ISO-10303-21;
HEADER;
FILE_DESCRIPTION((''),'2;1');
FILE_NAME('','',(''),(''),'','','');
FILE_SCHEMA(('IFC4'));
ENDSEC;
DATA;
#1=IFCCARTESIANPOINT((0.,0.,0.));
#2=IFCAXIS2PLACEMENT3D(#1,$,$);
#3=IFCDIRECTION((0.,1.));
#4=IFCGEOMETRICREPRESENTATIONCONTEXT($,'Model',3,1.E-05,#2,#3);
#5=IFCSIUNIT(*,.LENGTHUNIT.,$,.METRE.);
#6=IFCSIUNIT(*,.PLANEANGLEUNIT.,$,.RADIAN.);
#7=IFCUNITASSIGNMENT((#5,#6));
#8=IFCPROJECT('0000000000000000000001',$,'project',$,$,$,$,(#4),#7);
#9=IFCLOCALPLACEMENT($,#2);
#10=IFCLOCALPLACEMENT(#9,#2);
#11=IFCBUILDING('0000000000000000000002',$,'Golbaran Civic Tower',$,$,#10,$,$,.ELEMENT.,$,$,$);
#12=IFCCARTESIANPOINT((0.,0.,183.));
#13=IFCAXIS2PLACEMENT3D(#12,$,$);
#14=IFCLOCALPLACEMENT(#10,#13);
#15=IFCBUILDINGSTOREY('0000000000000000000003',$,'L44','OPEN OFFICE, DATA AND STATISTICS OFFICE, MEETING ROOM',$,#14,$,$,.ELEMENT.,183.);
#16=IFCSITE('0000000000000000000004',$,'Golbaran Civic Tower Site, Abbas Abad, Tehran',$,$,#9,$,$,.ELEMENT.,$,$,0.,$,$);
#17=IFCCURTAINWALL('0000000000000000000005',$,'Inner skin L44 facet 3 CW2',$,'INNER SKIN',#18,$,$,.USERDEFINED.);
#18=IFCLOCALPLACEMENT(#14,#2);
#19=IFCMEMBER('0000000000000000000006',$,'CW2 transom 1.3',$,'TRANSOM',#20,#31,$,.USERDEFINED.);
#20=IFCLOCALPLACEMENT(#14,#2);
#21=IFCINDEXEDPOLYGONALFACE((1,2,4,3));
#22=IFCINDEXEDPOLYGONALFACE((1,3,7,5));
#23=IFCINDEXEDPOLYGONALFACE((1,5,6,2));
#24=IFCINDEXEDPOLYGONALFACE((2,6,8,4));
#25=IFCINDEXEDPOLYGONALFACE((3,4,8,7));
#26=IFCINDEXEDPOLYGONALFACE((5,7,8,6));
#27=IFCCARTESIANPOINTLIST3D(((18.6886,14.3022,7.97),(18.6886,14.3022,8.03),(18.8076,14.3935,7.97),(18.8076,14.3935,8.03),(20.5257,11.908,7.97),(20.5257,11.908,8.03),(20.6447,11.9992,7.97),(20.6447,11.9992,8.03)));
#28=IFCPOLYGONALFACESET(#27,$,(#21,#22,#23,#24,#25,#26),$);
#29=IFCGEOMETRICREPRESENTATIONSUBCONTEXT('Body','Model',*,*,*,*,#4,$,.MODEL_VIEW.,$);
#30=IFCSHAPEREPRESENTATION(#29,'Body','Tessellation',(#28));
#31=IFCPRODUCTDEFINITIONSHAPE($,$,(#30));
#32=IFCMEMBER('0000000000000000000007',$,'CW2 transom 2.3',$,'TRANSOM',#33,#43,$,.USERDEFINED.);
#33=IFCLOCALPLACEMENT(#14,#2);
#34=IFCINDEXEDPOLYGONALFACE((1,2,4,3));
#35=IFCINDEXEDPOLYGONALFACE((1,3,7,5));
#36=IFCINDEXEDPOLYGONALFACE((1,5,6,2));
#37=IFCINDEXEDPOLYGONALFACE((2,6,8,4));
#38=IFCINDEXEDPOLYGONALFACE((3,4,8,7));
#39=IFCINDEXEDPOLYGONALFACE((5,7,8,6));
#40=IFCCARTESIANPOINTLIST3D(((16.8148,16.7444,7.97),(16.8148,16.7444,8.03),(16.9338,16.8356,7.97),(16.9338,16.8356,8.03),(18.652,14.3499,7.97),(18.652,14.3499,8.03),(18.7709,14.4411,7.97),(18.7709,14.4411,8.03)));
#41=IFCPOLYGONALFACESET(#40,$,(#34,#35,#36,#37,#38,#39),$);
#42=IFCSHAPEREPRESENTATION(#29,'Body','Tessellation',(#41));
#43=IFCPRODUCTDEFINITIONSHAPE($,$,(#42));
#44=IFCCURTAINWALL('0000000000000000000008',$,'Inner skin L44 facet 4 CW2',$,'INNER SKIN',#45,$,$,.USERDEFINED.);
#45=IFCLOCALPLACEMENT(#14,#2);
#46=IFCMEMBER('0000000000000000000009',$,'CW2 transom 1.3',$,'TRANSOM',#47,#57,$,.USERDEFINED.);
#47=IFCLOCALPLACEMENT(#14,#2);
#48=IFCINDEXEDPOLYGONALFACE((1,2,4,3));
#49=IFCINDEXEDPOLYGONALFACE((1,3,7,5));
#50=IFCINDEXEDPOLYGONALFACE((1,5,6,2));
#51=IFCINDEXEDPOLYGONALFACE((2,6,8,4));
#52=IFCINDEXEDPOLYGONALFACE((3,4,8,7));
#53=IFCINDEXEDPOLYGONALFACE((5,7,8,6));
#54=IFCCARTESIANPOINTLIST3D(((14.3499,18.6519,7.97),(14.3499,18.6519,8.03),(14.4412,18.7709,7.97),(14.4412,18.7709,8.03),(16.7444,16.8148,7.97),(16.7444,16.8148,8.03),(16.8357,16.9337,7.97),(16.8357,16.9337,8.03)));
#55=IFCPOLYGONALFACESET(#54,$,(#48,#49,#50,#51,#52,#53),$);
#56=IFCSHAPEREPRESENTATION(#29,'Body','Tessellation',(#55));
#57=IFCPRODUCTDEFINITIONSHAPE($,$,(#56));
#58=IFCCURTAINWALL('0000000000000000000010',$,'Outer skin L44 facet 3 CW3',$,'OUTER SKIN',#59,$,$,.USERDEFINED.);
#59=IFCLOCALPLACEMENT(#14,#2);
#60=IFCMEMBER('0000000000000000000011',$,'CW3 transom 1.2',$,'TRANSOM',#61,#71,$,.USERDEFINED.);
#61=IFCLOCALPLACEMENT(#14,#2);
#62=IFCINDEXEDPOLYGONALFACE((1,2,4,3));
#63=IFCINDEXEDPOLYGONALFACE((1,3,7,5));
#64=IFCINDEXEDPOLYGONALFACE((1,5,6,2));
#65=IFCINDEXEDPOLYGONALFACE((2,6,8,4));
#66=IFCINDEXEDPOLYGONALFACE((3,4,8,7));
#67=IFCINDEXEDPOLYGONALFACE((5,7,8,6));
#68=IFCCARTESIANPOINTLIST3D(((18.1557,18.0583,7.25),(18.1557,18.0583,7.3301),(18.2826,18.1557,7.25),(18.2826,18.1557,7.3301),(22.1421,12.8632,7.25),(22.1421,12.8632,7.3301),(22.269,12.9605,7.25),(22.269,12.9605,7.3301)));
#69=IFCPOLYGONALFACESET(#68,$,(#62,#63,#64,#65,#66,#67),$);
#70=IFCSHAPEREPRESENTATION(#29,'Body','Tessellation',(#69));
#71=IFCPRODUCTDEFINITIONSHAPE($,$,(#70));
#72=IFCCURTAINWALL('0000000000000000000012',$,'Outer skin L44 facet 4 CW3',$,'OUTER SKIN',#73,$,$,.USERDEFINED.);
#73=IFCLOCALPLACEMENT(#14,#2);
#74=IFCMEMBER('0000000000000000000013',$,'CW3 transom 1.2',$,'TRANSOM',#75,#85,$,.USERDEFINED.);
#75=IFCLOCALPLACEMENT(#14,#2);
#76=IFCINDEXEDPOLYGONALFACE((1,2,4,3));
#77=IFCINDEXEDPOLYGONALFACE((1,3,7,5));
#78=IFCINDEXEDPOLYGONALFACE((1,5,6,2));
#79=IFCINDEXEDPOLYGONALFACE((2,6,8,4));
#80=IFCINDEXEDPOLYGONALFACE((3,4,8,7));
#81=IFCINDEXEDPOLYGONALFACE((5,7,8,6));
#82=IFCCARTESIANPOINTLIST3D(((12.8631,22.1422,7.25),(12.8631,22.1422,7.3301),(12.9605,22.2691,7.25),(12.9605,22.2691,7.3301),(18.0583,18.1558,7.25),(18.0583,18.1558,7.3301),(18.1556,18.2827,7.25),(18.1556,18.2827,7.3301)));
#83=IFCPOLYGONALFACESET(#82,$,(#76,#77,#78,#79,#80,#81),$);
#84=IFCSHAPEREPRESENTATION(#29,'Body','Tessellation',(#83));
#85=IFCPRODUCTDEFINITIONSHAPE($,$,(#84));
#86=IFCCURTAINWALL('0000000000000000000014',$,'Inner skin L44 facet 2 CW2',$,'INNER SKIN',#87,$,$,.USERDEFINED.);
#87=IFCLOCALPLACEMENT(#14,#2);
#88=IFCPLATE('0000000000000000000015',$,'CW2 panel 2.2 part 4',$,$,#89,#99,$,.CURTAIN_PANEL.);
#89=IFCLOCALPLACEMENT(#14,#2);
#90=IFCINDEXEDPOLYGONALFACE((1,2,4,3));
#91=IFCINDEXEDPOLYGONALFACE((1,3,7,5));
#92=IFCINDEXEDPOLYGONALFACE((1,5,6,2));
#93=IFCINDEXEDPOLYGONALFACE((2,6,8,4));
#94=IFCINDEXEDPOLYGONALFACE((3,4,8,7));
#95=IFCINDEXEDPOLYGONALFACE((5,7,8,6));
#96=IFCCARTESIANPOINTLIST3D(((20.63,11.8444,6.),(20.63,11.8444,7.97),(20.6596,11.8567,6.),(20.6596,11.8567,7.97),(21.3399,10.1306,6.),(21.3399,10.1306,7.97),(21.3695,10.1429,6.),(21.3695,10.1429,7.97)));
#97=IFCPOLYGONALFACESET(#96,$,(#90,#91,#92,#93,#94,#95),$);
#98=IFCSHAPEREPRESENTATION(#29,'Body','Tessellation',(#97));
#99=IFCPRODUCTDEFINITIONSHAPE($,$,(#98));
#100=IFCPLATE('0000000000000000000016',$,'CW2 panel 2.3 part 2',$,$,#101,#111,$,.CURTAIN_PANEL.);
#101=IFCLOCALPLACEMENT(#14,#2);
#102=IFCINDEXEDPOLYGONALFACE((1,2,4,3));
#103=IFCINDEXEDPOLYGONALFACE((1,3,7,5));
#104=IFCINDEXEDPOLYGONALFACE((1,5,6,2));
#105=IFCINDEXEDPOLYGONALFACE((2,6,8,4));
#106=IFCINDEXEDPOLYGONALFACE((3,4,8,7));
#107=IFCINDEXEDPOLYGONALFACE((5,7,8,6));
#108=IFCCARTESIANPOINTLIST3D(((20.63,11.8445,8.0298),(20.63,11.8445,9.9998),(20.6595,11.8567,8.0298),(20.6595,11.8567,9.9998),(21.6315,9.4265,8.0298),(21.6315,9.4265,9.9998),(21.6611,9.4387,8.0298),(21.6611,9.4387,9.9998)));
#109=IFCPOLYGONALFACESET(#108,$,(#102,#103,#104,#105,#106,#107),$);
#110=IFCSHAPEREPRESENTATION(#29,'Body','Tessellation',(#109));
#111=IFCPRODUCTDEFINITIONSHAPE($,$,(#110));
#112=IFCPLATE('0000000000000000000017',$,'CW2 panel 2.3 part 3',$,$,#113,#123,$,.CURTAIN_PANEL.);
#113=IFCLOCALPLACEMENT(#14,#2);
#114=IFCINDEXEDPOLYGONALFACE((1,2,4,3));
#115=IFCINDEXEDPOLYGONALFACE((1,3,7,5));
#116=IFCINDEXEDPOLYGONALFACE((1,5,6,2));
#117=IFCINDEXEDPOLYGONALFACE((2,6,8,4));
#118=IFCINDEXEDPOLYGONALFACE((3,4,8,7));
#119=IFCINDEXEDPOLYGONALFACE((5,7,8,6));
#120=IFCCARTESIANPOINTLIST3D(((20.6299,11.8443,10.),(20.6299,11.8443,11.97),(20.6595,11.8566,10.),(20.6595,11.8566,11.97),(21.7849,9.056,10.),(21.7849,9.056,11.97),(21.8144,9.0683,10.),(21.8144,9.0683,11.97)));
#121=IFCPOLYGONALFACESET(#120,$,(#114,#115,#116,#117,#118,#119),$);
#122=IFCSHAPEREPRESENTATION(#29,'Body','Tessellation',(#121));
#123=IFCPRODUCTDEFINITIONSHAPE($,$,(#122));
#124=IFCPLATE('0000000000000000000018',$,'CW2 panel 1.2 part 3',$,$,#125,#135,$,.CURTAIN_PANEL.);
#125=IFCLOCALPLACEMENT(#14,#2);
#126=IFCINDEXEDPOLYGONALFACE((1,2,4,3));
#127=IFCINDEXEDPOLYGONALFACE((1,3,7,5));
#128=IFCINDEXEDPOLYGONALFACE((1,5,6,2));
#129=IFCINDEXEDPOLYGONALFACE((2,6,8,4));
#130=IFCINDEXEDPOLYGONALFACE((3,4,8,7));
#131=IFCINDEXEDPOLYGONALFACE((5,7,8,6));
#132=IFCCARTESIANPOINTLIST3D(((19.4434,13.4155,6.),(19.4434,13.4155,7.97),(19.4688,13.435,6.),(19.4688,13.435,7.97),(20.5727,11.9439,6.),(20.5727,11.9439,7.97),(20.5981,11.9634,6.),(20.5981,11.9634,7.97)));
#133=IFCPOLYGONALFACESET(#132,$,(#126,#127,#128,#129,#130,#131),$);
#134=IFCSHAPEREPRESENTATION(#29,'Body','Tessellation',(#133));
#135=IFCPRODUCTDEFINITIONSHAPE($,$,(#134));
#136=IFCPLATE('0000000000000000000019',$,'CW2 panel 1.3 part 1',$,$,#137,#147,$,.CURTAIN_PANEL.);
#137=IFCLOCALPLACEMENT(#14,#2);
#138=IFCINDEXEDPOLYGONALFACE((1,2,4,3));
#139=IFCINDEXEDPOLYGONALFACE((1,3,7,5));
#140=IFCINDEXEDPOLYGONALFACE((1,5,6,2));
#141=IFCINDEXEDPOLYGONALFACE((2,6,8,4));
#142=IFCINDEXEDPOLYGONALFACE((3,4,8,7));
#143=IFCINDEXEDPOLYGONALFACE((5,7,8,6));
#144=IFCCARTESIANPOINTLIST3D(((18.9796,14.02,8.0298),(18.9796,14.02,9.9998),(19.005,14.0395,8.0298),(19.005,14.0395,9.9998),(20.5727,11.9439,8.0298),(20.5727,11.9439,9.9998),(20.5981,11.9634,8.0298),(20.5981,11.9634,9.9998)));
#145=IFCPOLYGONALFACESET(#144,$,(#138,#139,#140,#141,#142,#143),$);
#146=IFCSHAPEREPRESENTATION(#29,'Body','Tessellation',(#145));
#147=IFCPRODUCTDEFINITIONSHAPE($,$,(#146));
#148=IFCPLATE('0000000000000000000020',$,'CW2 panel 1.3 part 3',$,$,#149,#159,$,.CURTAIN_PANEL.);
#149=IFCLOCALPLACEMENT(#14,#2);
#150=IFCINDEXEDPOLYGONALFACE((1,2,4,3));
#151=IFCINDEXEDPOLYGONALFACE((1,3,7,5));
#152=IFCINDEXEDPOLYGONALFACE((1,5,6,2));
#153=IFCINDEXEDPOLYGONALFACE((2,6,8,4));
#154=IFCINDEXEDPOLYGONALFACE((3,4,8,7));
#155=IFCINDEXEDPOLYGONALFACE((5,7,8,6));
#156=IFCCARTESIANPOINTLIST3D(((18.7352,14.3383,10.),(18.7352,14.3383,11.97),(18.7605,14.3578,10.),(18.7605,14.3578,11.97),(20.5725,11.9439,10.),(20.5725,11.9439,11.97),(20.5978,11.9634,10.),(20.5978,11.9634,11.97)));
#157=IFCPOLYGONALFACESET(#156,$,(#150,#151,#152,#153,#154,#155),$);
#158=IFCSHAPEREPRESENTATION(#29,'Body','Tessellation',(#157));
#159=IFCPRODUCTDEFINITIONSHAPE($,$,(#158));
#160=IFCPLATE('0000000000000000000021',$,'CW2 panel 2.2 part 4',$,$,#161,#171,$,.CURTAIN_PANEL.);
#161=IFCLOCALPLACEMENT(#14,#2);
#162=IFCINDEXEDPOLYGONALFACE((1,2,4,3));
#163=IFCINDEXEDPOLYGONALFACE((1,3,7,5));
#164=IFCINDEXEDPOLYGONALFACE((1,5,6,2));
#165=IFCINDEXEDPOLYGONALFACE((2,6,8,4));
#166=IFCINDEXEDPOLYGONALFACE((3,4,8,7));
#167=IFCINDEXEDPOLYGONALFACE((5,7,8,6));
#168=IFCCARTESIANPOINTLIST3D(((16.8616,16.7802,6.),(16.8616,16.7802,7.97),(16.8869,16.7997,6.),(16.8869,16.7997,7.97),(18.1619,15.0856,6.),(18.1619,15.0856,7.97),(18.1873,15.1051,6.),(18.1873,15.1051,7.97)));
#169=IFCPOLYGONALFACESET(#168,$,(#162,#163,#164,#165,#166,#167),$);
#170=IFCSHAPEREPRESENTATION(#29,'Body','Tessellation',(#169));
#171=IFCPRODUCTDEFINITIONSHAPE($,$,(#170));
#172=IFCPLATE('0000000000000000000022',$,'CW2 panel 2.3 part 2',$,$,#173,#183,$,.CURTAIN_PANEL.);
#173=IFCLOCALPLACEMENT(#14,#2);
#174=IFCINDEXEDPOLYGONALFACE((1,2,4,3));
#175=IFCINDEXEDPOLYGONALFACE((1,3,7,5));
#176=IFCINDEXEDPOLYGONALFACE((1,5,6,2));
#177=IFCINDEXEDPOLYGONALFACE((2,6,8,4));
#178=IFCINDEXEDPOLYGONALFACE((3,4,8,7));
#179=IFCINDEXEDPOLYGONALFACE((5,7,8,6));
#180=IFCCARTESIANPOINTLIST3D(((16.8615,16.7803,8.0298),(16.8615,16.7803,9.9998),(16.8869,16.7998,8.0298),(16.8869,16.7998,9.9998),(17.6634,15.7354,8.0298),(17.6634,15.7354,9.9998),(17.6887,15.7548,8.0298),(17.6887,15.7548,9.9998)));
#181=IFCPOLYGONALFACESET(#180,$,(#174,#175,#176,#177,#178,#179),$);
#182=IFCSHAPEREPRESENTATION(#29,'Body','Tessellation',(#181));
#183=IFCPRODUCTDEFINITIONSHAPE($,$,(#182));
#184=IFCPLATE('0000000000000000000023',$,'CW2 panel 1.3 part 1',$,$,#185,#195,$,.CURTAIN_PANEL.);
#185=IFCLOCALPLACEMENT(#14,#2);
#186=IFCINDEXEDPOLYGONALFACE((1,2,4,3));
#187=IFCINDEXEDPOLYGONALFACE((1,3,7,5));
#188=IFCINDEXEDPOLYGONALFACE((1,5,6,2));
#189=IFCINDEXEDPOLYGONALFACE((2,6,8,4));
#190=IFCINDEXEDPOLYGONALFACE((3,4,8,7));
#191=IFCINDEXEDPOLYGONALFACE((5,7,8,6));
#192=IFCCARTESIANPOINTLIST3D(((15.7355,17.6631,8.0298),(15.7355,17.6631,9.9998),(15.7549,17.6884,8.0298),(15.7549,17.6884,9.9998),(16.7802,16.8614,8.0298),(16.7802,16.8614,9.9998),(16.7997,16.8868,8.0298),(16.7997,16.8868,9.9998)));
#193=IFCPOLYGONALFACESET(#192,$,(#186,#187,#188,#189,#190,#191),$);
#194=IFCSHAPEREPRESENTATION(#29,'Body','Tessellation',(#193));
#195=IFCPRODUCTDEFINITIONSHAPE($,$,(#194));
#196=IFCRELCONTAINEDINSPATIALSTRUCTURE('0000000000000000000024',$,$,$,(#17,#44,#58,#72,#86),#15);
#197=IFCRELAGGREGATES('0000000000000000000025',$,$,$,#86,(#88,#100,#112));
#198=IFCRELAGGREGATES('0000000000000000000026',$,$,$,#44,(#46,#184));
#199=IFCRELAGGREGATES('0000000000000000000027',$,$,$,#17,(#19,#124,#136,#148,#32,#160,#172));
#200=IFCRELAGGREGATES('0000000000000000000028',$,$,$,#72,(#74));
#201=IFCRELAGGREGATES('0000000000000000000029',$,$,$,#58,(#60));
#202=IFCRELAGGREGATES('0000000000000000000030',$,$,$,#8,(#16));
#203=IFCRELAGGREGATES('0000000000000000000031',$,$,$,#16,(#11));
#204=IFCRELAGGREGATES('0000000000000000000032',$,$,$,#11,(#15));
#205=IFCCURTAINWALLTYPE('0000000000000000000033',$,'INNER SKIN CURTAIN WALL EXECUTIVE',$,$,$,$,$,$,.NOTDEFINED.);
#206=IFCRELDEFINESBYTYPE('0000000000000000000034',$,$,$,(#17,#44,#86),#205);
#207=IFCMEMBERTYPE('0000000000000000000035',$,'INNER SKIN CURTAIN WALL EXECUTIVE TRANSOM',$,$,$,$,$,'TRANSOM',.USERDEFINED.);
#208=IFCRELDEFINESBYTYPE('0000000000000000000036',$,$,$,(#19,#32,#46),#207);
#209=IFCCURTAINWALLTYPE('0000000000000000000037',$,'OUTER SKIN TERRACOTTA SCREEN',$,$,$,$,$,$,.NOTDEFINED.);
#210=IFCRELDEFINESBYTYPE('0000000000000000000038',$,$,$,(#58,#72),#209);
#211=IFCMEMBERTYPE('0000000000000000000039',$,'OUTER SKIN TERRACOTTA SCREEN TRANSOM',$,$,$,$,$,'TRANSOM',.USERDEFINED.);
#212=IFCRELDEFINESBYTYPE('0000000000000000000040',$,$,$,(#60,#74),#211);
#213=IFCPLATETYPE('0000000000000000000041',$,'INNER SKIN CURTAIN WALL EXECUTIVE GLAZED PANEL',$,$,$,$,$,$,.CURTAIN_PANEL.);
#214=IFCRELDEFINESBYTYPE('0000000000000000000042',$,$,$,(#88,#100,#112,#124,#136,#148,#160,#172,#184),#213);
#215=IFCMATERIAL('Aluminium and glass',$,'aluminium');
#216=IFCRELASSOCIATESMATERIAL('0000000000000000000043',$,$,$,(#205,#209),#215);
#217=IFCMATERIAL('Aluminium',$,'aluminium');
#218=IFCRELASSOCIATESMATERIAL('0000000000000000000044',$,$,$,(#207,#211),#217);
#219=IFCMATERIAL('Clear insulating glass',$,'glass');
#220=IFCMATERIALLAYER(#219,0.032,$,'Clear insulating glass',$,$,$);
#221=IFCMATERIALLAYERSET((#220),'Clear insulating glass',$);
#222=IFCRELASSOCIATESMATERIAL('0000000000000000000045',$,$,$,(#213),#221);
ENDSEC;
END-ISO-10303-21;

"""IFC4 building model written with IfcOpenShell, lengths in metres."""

from ifc_helpers import new_model, si_unit, direction, frame, origin, origin_2d, place, context, subcontext, project, spatial, rectangle, extrude, material, layer, layer_set, material_profile, profile_set, type_object, element, aggregate, save


model = new_model("IFC4")

# Units and contexts
model_context = context("Model", 3, precision=1e-05, world=origin(), true_north=direction((0.0, 1.0)))
body_context = subcontext(model_context, "Body", "Model", "MODEL_VIEW")
ifc_project = project(units=[si_unit("LENGTHUNIT", "METRE"), si_unit("PLANEANGLEUNIT", "RADIAN")], contexts=[model_context])

# Site, building, storey
site_placement = place(None, origin())
site = spatial("IfcSite", under=ifc_project, at=site_placement, Name="Golbaran Civic Tower Site, Abbas Abad, Tehran", CompositionType="ELEMENT", RefElevation=0.0)
building_placement = place(site_placement, origin())
building = spatial("IfcBuilding", under=site, at=building_placement, Name="Golbaran Civic Tower", CompositionType="ELEMENT")
storey_placement = place(building_placement, frame((0.0, 0.0, 183.0)))
storey = spatial("IfcBuildingStorey", under=building, at=storey_placement, Name="L44", Description="OPEN OFFICE, DATA AND STATISTICS OFFICE, MEETING ROOM", CompositionType="ELEMENT", Elevation=183.0)

# Curtain wall, members
ifc_material_1 = material(Name="Aluminium and glass", Category="aluminium")
curtain_wall_type_1 = type_object("IfcCurtainWallType", Name="INNER SKIN CURTAIN WALL EXECUTIVE", PredefinedType="NOTDEFINED", material=ifc_material_1)
curtain_wall_1_placement = place(storey_placement, origin())
curtain_wall_1 = element("IfcCurtainWall", 1, at=curtain_wall_1_placement, inside=storey, type_object=curtain_wall_type_1, Name="Inner skin L44 facet 3 CW2", ObjectType="INNER SKIN", PredefinedType="USERDEFINED")
ifc_material_2 = material(Name="Aluminium", Category="aluminium")
ifc_material_profile_1 = material_profile(ifc_material_2, rectangle(XDim=0.1499, YDim=0.0601, at=origin_2d()), Name="INNER SKIN CURTAIN WALL EXECUTIVE TRANSOM")
ifc_profile_set_1 = profile_set([ifc_material_profile_1], Name="Aluminium")
member_type_1 = type_object("IfcMemberType", Name="INNER SKIN CURTAIN WALL EXECUTIVE TRANSOM", ElementType="TRANSOM", PredefinedType="USERDEFINED", material=ifc_profile_set_1)
member_1_placement = place(storey_placement, frame((20.5852, 11.9536, 8.0), z_axis=(-0.608752, 0.79336, 0.0), x_axis=(-0.79336, -0.608752, 0.0)))
member_1 = element("IfcMember", 2, at=member_1_placement, type_object=member_type_1, Name="CW2 transom 1.3", ObjectType="TRANSOM", PredefinedType="USERDEFINED", context=body_context, shape_type="SweptSolid", body=[
    extrude(rectangle(XDim=0.1499, YDim=0.0601, at=origin_2d()), origin(), (0.0, 0.0, 1.0), 3.0178),
])
member_2_placement = place(storey_placement, frame((18.7114, 14.3955, 8.0), z_axis=(-0.608713, 0.79339, 0.0), x_axis=(-0.79339, -0.608713, 0.0)))
member_2 = element("IfcMember", 3, at=member_2_placement, type_object=member_type_1, Name="CW2 transom 2.3", ObjectType="TRANSOM", PredefinedType="USERDEFINED", context=body_context, shape_type="SweptSolid", body=[
    extrude(rectangle(XDim=0.1499, YDim=0.0601, at=origin_2d()), origin(), (0.0, 0.0, 1.0), 3.0181),
])

# Curtain walls, members
curtain_wall_2_placement = place(storey_placement, origin())
curtain_wall_2 = element("IfcCurtainWall", 4, at=curtain_wall_2_placement, inside=storey, type_object=curtain_wall_type_1, Name="Inner skin L44 facet 4 CW2", ObjectType="INNER SKIN", PredefinedType="USERDEFINED")
member_3_placement = place(storey_placement, frame((16.79, 16.8743, 8.0), z_axis=(-0.79339, 0.608713, 0.0), x_axis=(-0.608713, -0.79339, 0.0)))
member_3 = element("IfcMember", 5, at=member_3_placement, type_object=member_type_1, Name="CW2 transom 1.3", ObjectType="TRANSOM", PredefinedType="USERDEFINED", context=body_context, shape_type="SweptSolid", body=[
    extrude(rectangle(XDim=0.1499, YDim=0.0601, at=origin_2d()), origin(), (0.0, 0.0, 1.0), 3.0181),
])
curtain_wall_type_2 = type_object("IfcCurtainWallType", Name="OUTER SKIN TERRACOTTA SCREEN", PredefinedType="NOTDEFINED", material=ifc_material_1)
curtain_wall_3_placement = place(storey_placement, origin())
curtain_wall_3 = element("IfcCurtainWall", 6, at=curtain_wall_3_placement, inside=storey, type_object=curtain_wall_type_2, Name="Outer skin L44 facet 3 CW3", ObjectType="OUTER SKIN", PredefinedType="USERDEFINED")
ifc_material_profile_2 = material_profile(ifc_material_2, rectangle(XDim=0.1599, YDim=0.0801, at=origin_2d()), Name="OUTER SKIN TERRACOTTA SCREEN TRANSOM")
ifc_profile_set_2 = profile_set([ifc_material_profile_2], Name="Aluminium")
member_type_2 = type_object("IfcMemberType", Name="OUTER SKIN TERRACOTTA SCREEN TRANSOM", ElementType="TRANSOM", PredefinedType="USERDEFINED", material=ifc_profile_set_2)
member_4_placement = place(storey_placement, frame((22.2056, 12.9119, 7.29), z_axis=(-0.608763, 0.793352, 0.0), x_axis=(-0.793352, -0.608763, 0.0)))
member_4 = element("IfcMember", 7, at=member_4_placement, type_object=member_type_2, Name="CW3 transom 1.2", ObjectType="TRANSOM", PredefinedType="USERDEFINED", context=body_context, shape_type="SweptSolid", body=[
    extrude(rectangle(XDim=0.1599, YDim=0.0801, at=origin_2d()), origin(), (0.0, 0.0, 1.0), 6.5483),
])
curtain_wall_4_placement = place(storey_placement, origin())
curtain_wall_4 = element("IfcCurtainWall", 8, at=curtain_wall_4_placement, inside=storey, type_object=curtain_wall_type_2, Name="Outer skin L44 facet 4 CW3", ObjectType="OUTER SKIN", PredefinedType="USERDEFINED")
member_5_placement = place(storey_placement, frame((18.1069, 18.2192, 7.29), z_axis=(-0.793352, 0.608763, 0.0), x_axis=(-0.608763, -0.793352, 0.0)))
member_5 = element("IfcMember", 9, at=member_5_placement, type_object=member_type_2, Name="CW3 transom 1.2", ObjectType="TRANSOM", PredefinedType="USERDEFINED", context=body_context, shape_type="SweptSolid", body=[
    extrude(rectangle(XDim=0.1599, YDim=0.0801, at=origin_2d()), origin(), (0.0, 0.0, 1.0), 6.5483),
])

# Curtain wall, plates
curtain_wall_5_placement = place(storey_placement, origin())
curtain_wall_5 = element("IfcCurtainWall", 10, at=curtain_wall_5_placement, inside=storey, type_object=curtain_wall_type_1, Name="Inner skin L44 facet 2 CW2", ObjectType="INNER SKIN", PredefinedType="USERDEFINED")
ifc_material_3 = material(Name="Clear insulating glass", Category="glass")
ifc_layer_1 = layer(ifc_material_3, 0.032, Name="Clear insulating glass")
ifc_layer_set_1 = layer_set([ifc_layer_1], Name="Clear insulating glass")
plate_type_1 = type_object("IfcPlateType", Name="INNER SKIN CURTAIN WALL EXECUTIVE GLAZED PANEL", PredefinedType="CURTAIN_PANEL", material=ifc_layer_set_1)
plate_1_placement = place(storey_placement, frame((20.9998, 10.9937, 6.0), z_axis=(0.0, 0.0, 1.0), x_axis=(-0.382683, 0.92388, 0.0)))
plate_1 = element("IfcPlate", 11, at=plate_1_placement, type_object=plate_type_1, Name="CW2 panel 2.2 part 4", PredefinedType="CURTAIN_PANEL", context=body_context, shape_type="SweptSolid", body=[
    extrude(rectangle(XDim=1.855, YDim=0.032, at=origin_2d()), origin(), (0.0, 0.0, 1.0), 1.97),
])
plate_2_placement = place(storey_placement, frame((21.1455, 10.6416, 8.0298), z_axis=(0.0, 0.0, 1.0), x_axis=(-0.382683, 0.92388, 0.0)))
plate_2 = element("IfcPlate", 12, at=plate_2_placement, type_object=plate_type_1, Name="CW2 panel 2.3 part 2", PredefinedType="CURTAIN_PANEL", context=body_context, shape_type="SweptSolid", body=[
    extrude(rectangle(XDim=2.6172, YDim=0.032, at=origin_2d()), origin(), (0.0, 0.0, 1.0), 1.97),
])
plate_3_placement = place(storey_placement, frame((21.2222, 10.4563, 10.0), z_axis=(0.0, 0.0, 1.0), x_axis=(-0.382683, 0.92388, 0.0)))
plate_3 = element("IfcPlate", 13, at=plate_3_placement, type_object=plate_type_1, Name="CW2 panel 2.3 part 3", PredefinedType="CURTAIN_PANEL", context=body_context, shape_type="SweptSolid", body=[
    extrude(rectangle(XDim=3.0181, YDim=0.032, at=origin_2d()), origin(), (0.0, 0.0, 1.0), 1.97),
])
aggregate(curtain_wall_5, [plate_1, plate_2, plate_3])

# Plates
plate_4_placement = place(storey_placement, frame((20.0208, 12.6895, 6.0), z_axis=(0.0, 0.0, 1.0), x_axis=(-0.608761, 0.793353, 0.0)))
plate_4 = element("IfcPlate", 14, at=plate_4_placement, type_object=plate_type_1, Name="CW2 panel 1.2 part 3", PredefinedType="CURTAIN_PANEL", context=body_context, shape_type="SweptSolid", body=[
    extrude(rectangle(XDim=1.855, YDim=0.032, at=origin_2d()), origin(), (0.0, 0.0, 1.0), 1.97),
])
plate_5_placement = place(storey_placement, frame((19.7888, 12.9917, 8.0298), z_axis=(0.0, 0.0, 1.0), x_axis=(-0.608761, 0.793353, 0.0)))
plate_5 = element("IfcPlate", 15, at=plate_5_placement, type_object=plate_type_1, Name="CW2 panel 1.3 part 1", PredefinedType="CURTAIN_PANEL", context=body_context, shape_type="SweptSolid", body=[
    extrude(rectangle(XDim=2.6169, YDim=0.032, at=origin_2d()), origin(), (0.0, 0.0, 1.0), 1.97),
])
plate_6_placement = place(storey_placement, frame((19.6665, 13.1509, 10.0), z_axis=(0.0, 0.0, 1.0), x_axis=(-0.608761, 0.793353, 0.0)))
plate_6 = element("IfcPlate", 16, at=plate_6_placement, type_object=plate_type_1, Name="CW2 panel 1.3 part 3", PredefinedType="CURTAIN_PANEL", context=body_context, shape_type="SweptSolid", body=[
    extrude(rectangle(XDim=3.0181, YDim=0.032, at=origin_2d()), origin(), (0.0, 0.0, 1.0), 1.97),
])
plate_7_placement = place(storey_placement, frame((17.5244, 15.9426, 6.0), z_axis=(0.0, 0.0, 1.0), x_axis=(-0.608761, 0.793353, 0.0)))
plate_7 = element("IfcPlate", 17, at=plate_7_placement, type_object=plate_type_1, Name="CW2 panel 2.2 part 4", PredefinedType="CURTAIN_PANEL", context=body_context, shape_type="SweptSolid", body=[
    extrude(rectangle(XDim=2.136, YDim=0.032, at=origin_2d()), origin(), (0.0, 0.0, 1.0), 1.97),
])
plate_8_placement = place(storey_placement, frame((17.2751, 16.2676, 8.0298), z_axis=(0.0, 0.0, 1.0), x_axis=(-0.608761, 0.793353, 0.0)))
plate_8 = element("IfcPlate", 18, at=plate_8_placement, type_object=plate_type_1, Name="CW2 panel 2.3 part 2", PredefinedType="CURTAIN_PANEL", context=body_context, shape_type="SweptSolid", body=[
    extrude(rectangle(XDim=1.3171, YDim=0.032, at=origin_2d()), origin(), (0.0, 0.0, 1.0), 1.97),
])
plate_9_placement = place(storey_placement, frame((16.2676, 17.2749, 8.0298), z_axis=(0.0, 0.0, 1.0), x_axis=(-0.793353, 0.608761, 0.0)))
plate_9 = element("IfcPlate", 19, at=plate_9_placement, type_object=plate_type_1, Name="CW2 panel 1.3 part 1", PredefinedType="CURTAIN_PANEL", context=body_context, shape_type="SweptSolid", body=[
    extrude(rectangle(XDim=1.3169, YDim=0.032, at=origin_2d()), origin(), (0.0, 0.0, 1.0), 1.97),
])
aggregate(curtain_wall_2, [member_3, plate_9])
aggregate(curtain_wall_1, [member_1, plate_4, plate_5, plate_6, member_2, plate_7, plate_8])

aggregate(curtain_wall_4, [member_5])
aggregate(curtain_wall_3, [member_4])

save(model, "model.ifc")
